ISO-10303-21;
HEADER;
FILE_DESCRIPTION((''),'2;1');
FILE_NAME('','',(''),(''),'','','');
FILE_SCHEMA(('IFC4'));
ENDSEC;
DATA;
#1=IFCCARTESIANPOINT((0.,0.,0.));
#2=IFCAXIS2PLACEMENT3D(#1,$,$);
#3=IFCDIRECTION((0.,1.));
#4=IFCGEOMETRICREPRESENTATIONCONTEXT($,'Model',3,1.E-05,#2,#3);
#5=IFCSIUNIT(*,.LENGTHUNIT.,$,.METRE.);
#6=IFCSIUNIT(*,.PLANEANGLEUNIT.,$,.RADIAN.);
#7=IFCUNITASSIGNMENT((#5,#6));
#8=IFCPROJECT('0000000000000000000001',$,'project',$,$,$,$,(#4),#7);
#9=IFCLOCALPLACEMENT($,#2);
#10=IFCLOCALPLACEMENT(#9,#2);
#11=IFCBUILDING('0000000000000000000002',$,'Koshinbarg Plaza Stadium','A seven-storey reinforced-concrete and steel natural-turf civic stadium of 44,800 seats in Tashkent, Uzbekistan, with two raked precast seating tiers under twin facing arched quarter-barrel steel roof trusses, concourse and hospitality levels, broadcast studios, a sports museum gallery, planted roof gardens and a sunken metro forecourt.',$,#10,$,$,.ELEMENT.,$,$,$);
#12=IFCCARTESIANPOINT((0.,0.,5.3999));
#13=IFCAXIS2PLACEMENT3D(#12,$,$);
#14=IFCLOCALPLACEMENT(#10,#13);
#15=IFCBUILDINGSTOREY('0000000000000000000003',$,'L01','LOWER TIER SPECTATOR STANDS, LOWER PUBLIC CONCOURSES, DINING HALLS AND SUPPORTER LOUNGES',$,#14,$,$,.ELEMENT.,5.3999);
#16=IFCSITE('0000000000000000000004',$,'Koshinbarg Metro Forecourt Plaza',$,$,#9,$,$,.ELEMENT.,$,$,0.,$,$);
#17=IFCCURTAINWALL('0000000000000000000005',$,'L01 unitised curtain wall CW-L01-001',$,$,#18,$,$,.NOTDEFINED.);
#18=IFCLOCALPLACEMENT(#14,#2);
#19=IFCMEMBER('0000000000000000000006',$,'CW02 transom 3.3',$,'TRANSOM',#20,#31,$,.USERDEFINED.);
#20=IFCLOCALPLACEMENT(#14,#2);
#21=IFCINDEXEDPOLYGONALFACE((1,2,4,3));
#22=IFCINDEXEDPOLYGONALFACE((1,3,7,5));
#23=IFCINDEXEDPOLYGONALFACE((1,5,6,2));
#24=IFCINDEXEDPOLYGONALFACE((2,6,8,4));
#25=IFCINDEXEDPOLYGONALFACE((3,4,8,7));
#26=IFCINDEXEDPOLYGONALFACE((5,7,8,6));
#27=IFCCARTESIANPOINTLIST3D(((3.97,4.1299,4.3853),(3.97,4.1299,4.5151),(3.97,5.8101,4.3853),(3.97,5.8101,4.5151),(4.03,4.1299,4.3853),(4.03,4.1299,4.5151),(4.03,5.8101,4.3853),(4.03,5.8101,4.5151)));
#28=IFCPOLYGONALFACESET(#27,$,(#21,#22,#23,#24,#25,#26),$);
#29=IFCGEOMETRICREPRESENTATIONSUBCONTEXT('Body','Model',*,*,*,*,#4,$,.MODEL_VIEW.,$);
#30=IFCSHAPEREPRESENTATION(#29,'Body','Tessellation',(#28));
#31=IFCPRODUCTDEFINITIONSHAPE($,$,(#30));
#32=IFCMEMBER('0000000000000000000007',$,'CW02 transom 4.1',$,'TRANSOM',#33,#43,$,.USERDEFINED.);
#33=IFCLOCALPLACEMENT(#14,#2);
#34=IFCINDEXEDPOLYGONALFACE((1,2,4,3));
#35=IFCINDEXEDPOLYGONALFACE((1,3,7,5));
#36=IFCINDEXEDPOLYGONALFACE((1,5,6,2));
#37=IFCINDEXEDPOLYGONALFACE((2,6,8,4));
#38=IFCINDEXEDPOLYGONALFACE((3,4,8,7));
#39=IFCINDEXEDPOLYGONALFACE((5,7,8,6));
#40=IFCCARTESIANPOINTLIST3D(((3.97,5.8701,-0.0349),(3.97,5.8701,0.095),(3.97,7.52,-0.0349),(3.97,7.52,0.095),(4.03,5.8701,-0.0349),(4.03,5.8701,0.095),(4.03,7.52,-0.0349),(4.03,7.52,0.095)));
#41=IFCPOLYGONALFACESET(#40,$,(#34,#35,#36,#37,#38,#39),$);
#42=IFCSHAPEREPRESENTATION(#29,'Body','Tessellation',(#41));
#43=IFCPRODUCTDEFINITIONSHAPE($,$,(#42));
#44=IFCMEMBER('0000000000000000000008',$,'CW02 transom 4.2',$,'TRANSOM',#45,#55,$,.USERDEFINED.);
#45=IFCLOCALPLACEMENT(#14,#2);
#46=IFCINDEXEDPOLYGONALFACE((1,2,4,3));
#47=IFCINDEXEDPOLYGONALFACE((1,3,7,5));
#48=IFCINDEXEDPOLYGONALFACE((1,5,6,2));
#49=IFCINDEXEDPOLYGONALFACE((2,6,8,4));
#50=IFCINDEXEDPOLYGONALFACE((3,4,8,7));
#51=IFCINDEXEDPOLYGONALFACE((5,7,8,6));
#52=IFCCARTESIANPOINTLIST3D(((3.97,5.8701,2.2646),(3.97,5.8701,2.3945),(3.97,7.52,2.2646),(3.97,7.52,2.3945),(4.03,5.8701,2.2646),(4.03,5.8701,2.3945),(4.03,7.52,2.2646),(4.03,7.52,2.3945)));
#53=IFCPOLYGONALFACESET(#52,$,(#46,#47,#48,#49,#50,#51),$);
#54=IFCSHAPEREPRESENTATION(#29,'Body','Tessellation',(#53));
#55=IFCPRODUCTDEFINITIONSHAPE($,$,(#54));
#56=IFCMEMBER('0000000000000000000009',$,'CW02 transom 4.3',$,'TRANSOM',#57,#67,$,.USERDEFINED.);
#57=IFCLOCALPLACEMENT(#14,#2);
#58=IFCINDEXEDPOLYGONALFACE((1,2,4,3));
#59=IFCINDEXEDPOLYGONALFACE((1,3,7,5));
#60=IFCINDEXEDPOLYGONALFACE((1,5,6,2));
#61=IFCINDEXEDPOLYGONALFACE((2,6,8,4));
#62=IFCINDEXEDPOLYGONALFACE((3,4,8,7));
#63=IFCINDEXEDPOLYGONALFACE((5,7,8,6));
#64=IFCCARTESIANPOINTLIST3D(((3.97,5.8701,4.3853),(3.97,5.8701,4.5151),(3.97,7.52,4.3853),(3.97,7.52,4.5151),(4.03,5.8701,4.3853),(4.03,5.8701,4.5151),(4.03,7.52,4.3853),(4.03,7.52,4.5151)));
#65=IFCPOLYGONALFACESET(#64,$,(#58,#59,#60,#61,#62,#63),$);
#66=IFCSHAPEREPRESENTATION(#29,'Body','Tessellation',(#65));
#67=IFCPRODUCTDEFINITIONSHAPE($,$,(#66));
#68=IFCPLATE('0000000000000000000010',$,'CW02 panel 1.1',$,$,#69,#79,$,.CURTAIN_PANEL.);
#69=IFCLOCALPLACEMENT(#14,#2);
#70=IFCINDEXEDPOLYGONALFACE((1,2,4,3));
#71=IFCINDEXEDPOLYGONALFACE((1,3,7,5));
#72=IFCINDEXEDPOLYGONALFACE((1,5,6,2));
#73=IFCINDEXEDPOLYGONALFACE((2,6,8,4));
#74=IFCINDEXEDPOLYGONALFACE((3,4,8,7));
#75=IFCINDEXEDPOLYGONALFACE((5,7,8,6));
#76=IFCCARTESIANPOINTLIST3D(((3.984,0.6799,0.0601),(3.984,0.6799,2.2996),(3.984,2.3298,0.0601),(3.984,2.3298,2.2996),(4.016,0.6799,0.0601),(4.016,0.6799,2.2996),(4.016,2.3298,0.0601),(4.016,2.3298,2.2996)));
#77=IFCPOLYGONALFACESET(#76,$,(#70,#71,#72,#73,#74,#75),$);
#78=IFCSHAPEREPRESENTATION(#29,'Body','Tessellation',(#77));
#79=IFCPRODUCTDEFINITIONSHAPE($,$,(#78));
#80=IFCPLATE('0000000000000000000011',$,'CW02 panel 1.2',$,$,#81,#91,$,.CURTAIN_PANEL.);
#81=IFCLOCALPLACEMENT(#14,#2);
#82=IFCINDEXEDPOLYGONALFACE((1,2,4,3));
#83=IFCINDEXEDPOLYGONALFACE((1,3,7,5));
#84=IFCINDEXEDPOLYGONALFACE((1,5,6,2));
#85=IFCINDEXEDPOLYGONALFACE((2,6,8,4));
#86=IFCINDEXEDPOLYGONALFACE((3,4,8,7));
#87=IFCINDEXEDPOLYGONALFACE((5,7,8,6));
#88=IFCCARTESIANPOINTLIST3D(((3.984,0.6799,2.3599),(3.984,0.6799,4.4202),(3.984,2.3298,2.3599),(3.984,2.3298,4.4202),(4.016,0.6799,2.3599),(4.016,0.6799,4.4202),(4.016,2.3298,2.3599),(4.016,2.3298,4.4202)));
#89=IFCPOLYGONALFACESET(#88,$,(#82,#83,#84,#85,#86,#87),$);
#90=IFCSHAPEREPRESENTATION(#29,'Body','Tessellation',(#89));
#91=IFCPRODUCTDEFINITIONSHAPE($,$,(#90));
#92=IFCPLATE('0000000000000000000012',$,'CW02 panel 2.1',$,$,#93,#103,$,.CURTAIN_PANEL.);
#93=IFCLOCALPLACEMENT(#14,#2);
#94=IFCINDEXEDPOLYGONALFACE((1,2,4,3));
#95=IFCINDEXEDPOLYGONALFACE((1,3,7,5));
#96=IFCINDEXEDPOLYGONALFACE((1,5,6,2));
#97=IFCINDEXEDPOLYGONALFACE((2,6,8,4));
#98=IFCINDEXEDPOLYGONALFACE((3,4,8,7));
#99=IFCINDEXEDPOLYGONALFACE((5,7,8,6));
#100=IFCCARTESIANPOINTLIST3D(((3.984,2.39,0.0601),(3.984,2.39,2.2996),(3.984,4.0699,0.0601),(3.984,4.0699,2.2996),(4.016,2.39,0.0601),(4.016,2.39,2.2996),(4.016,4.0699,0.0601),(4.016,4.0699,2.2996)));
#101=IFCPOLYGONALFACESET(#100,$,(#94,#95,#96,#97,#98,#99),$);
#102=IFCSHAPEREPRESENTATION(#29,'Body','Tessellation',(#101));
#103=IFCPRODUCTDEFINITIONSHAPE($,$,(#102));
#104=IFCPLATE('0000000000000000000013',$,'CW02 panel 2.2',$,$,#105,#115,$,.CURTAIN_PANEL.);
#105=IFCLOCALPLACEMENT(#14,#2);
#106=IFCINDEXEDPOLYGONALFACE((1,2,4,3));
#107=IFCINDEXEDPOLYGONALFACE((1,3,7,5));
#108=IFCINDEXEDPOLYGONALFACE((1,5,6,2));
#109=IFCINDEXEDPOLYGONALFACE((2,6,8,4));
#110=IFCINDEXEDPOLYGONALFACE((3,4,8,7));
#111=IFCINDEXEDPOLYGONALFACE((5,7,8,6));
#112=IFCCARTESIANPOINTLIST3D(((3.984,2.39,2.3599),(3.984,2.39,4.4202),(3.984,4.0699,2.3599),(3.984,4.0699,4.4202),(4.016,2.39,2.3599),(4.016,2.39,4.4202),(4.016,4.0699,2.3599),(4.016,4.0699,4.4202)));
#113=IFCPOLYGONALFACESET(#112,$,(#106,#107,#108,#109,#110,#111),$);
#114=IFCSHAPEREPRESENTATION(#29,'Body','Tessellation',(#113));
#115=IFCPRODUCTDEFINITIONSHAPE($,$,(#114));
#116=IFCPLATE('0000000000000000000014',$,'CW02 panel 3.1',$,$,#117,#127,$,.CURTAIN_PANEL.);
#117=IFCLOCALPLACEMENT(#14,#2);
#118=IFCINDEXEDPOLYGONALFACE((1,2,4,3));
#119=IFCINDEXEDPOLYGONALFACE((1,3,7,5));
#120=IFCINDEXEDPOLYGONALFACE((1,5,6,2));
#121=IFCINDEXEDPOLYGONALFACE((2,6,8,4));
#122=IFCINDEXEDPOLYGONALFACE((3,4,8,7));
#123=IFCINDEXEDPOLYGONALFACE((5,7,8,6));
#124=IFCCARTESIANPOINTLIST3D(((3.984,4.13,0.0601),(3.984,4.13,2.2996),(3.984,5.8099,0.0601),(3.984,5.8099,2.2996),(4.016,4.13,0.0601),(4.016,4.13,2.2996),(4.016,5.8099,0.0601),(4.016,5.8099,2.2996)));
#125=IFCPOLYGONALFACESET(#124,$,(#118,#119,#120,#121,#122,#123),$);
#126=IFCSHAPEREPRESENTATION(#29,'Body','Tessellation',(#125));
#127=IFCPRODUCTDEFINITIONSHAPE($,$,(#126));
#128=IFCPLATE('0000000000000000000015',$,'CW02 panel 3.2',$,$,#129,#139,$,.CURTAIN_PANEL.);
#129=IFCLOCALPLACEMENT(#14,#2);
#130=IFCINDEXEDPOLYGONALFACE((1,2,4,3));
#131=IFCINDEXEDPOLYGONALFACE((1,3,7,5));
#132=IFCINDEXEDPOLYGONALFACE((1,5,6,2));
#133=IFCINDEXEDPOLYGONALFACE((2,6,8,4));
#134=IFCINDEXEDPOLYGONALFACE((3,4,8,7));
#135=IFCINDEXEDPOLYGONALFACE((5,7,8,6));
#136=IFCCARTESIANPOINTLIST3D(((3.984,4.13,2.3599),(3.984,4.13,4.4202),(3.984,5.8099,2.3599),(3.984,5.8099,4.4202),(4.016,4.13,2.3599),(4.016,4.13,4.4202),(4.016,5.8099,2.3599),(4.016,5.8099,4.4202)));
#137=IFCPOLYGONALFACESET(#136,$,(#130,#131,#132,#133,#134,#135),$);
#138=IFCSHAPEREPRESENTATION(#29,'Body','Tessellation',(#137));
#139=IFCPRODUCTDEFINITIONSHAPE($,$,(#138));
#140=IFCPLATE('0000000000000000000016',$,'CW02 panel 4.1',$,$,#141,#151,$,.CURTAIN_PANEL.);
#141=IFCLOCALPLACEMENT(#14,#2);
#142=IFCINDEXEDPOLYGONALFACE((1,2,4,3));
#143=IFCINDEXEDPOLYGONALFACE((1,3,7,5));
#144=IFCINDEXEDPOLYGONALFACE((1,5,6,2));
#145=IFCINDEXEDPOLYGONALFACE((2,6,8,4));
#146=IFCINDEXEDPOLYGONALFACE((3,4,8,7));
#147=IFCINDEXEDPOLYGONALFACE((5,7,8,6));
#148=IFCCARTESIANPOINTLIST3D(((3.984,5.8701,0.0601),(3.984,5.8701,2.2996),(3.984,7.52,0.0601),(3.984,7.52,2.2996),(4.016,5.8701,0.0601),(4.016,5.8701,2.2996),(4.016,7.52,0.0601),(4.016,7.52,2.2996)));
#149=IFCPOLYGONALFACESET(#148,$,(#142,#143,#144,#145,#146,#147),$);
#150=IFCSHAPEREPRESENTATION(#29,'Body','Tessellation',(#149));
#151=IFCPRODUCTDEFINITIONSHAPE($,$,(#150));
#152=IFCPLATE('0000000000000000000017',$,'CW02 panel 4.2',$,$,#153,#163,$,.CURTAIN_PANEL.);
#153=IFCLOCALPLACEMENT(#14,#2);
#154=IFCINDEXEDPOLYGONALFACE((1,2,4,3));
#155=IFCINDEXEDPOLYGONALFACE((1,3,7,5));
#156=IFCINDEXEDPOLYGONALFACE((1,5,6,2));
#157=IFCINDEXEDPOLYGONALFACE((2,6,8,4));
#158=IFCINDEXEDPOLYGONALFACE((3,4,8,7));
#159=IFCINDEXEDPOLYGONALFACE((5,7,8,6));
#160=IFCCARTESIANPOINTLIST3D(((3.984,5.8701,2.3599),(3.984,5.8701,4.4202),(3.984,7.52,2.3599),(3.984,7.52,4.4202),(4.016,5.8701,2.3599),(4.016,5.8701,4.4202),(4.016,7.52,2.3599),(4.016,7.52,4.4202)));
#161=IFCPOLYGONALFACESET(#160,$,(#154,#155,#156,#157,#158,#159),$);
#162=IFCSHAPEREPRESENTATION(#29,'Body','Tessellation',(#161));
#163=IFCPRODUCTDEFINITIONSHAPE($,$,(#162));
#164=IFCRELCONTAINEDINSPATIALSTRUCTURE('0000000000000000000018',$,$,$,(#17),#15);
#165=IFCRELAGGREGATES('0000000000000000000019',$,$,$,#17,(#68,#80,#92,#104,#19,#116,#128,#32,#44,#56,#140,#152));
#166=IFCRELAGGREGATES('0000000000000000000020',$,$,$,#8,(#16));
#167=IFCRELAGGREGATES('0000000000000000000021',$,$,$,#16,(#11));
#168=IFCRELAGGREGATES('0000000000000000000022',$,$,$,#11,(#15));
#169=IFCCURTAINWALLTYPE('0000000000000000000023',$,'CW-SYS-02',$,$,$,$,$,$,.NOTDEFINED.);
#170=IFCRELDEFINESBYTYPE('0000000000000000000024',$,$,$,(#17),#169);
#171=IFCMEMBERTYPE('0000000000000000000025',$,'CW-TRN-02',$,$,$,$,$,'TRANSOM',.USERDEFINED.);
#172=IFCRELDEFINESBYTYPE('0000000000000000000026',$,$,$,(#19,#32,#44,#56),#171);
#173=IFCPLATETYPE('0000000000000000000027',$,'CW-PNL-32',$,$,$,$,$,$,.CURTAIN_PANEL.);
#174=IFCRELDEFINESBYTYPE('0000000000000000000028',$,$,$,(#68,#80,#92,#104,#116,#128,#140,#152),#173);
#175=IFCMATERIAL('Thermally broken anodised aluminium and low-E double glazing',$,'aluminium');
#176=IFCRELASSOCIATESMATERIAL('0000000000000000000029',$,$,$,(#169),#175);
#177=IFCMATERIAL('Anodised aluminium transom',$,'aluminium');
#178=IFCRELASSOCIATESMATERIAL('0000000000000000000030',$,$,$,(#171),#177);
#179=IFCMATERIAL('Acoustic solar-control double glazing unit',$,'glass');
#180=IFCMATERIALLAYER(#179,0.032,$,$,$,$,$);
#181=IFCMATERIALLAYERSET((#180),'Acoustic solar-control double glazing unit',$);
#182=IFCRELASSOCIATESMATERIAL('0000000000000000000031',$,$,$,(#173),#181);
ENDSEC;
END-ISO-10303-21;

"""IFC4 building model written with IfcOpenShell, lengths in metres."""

from ifc_helpers import new_model, si_unit, direction, frame, origin, origin_2d, place, context, subcontext, project, spatial, rectangle, extrude, material, layer, layer_set, material_profile, profile_set, type_object, element, aggregate, save


model = new_model("IFC4")

# Units and contexts
model_context = context("Model", 3, precision=1e-05, world=origin(), true_north=direction((0.0, 1.0)))
body_context = subcontext(model_context, "Body", "Model", "MODEL_VIEW")
ifc_project = project(units=[si_unit("LENGTHUNIT", "METRE"), si_unit("PLANEANGLEUNIT", "RADIAN")], contexts=[model_context])

# Site, building, storey
site_placement = place(None, origin())
site = spatial("IfcSite", under=ifc_project, at=site_placement, Name="Koshinbarg Metro Forecourt Plaza", CompositionType="ELEMENT", RefElevation=0.0)
building_placement = place(site_placement, origin())
building = spatial("IfcBuilding", under=site, at=building_placement, Name="Koshinbarg Plaza Stadium", Description="A seven-storey reinforced-concrete and steel natural-turf civic stadium of 44,800 seats in Tashkent, Uzbekistan, with two raked precast seating tiers under twin facing arched quarter-barrel steel roof trusses, concourse and hospitality levels, broadcast studios, a sports museum gallery, planted roof gardens and a sunken metro forecourt.", CompositionType="ELEMENT")
storey_placement = place(building_placement, frame((0.0, 0.0, 5.3999)))
storey = spatial("IfcBuildingStorey", under=building, at=storey_placement, Name="L01", Description="LOWER TIER SPECTATOR STANDS, LOWER PUBLIC CONCOURSES, DINING HALLS AND SUPPORTER LOUNGES", CompositionType="ELEMENT", Elevation=5.3999)

# Curtain wall, members, plates
ifc_material_1 = material(Name="Thermally broken anodised aluminium and low-E double glazing", Category="aluminium")
curtain_wall_type = type_object("IfcCurtainWallType", Name="CW-SYS-02", PredefinedType="NOTDEFINED", material=ifc_material_1)
curtain_wall_placement = place(storey_placement, origin())
curtain_wall = element("IfcCurtainWall", 1, at=curtain_wall_placement, inside=storey, type_object=curtain_wall_type, Name="L01 unitised curtain wall CW-L01-001", PredefinedType="NOTDEFINED")
ifc_material_2 = material(Name="Anodised aluminium transom", Category="aluminium")
ifc_material_profile_1 = material_profile(ifc_material_2, rectangle(XDim=0.0601, YDim=0.1299, at=origin_2d()), Name="ALU 60x130")
ifc_profile_set_1 = profile_set([ifc_material_profile_1], Name="Anodised aluminium transom")
member_type_1 = type_object("IfcMemberType", Name="CW-TRN-02", ElementType="TRANSOM", PredefinedType="USERDEFINED", material=ifc_profile_set_1)
member_1_placement = place(storey_placement, frame((4.0, 4.1299, 4.4502), z_axis=(0.0, 1.0, 0.0), x_axis=(-1.0, 0.0, 0.0)))
member_1 = element("IfcMember", 2, at=member_1_placement, type_object=member_type_1, Name="CW02 transom 3.3", ObjectType="TRANSOM", PredefinedType="USERDEFINED", context=body_context, shape_type="SweptSolid", body=[
    extrude(rectangle(XDim=0.0601, YDim=0.1299, at=origin_2d()), origin(), (0.0, 0.0, 1.0), 1.6802),
])
member_2_placement = place(storey_placement, frame((4.0, 5.8701, 0.03), z_axis=(0.0, 1.0, 0.0), x_axis=(-1.0, 0.0, 0.0)))
member_2 = element("IfcMember", 3, at=member_2_placement, type_object=member_type_1, Name="CW02 transom 4.1", ObjectType="TRANSOM", PredefinedType="USERDEFINED", context=body_context, shape_type="SweptSolid", body=[
    extrude(rectangle(XDim=0.0601, YDim=0.1299, at=origin_2d()), origin(), (0.0, 0.0, 1.0), 1.6499),
])
member_3_placement = place(storey_placement, frame((4.0, 5.8701, 2.3296), z_axis=(0.0, 1.0, 0.0), x_axis=(-1.0, 0.0, 0.0)))
member_3 = element("IfcMember", 4, at=member_3_placement, type_object=member_type_1, Name="CW02 transom 4.2", ObjectType="TRANSOM", PredefinedType="USERDEFINED", context=body_context, shape_type="SweptSolid", body=[
    extrude(rectangle(XDim=0.0601, YDim=0.1299, at=origin_2d()), origin(), (0.0, 0.0, 1.0), 1.6499),
])
member_4_placement = place(storey_placement, frame((4.0, 5.8701, 4.4502), z_axis=(0.0, 1.0, 0.0), x_axis=(-1.0, 0.0, 0.0)))
member_4 = element("IfcMember", 5, at=member_4_placement, type_object=member_type_1, Name="CW02 transom 4.3", ObjectType="TRANSOM", PredefinedType="USERDEFINED", context=body_context, shape_type="SweptSolid", body=[
    extrude(rectangle(XDim=0.0601, YDim=0.1299, at=origin_2d()), origin(), (0.0, 0.0, 1.0), 1.6499),
])
ifc_material_3 = material(Name="Acoustic solar-control double glazing unit", Category="glass")
ifc_layer = layer(ifc_material_3, 0.032)
ifc_layer_set = layer_set([ifc_layer], Name="Acoustic solar-control double glazing unit")
plate_type = type_object("IfcPlateType", Name="CW-PNL-32", PredefinedType="CURTAIN_PANEL", material=ifc_layer_set)
plate_1_placement = place(storey_placement, frame((4.0, 1.5049, 0.0601), z_axis=(0.0, 0.0, 1.0), x_axis=(0.0, 1.0, 0.0)))
plate_1 = element("IfcPlate", 6, at=plate_1_placement, type_object=plate_type, Name="CW02 panel 1.1", PredefinedType="CURTAIN_PANEL", context=body_context, shape_type="SweptSolid", body=[
    extrude(rectangle(XDim=1.6499, YDim=0.032, at=origin_2d()), origin(), (0.0, 0.0, 1.0), 2.2395),
])
plate_2_placement = place(storey_placement, frame((4.0, 1.5049, 2.3599), z_axis=(0.0, 0.0, 1.0), x_axis=(0.0, 1.0, 0.0)))
plate_2 = element("IfcPlate", 7, at=plate_2_placement, type_object=plate_type, Name="CW02 panel 1.2", PredefinedType="CURTAIN_PANEL", context=body_context, shape_type="SweptSolid", body=[
    extrude(rectangle(XDim=1.6499, YDim=0.032, at=origin_2d()), origin(), (0.0, 0.0, 1.0), 2.0603),
])
plate_3_placement = place(storey_placement, frame((4.0, 3.23, 0.0601), z_axis=(0.0, 0.0, 1.0), x_axis=(0.0, 1.0, 0.0)))
plate_3 = element("IfcPlate", 8, at=plate_3_placement, type_object=plate_type, Name="CW02 panel 2.1", PredefinedType="CURTAIN_PANEL", context=body_context, shape_type="SweptSolid", body=[
    extrude(rectangle(XDim=1.6799, YDim=0.032, at=origin_2d()), origin(), (0.0, 0.0, 1.0), 2.2395),
])
plate_4_placement = place(storey_placement, frame((4.0, 3.23, 2.3599), z_axis=(0.0, 0.0, 1.0), x_axis=(0.0, 1.0, 0.0)))
plate_4 = element("IfcPlate", 9, at=plate_4_placement, type_object=plate_type, Name="CW02 panel 2.2", PredefinedType="CURTAIN_PANEL", context=body_context, shape_type="SweptSolid", body=[
    extrude(rectangle(XDim=1.6799, YDim=0.032, at=origin_2d()), origin(), (0.0, 0.0, 1.0), 2.0603),
])
plate_5_placement = place(storey_placement, frame((4.0, 4.97, 0.0601), z_axis=(0.0, 0.0, 1.0), x_axis=(0.0, 1.0, 0.0)))
plate_5 = element("IfcPlate", 10, at=plate_5_placement, type_object=plate_type, Name="CW02 panel 3.1", PredefinedType="CURTAIN_PANEL", context=body_context, shape_type="SweptSolid", body=[
    extrude(rectangle(XDim=1.6799, YDim=0.032, at=origin_2d()), origin(), (0.0, 0.0, 1.0), 2.2395),
])
plate_6_placement = place(storey_placement, frame((4.0, 4.97, 2.3599), z_axis=(0.0, 0.0, 1.0), x_axis=(0.0, 1.0, 0.0)))
plate_6 = element("IfcPlate", 11, at=plate_6_placement, type_object=plate_type, Name="CW02 panel 3.2", PredefinedType="CURTAIN_PANEL", context=body_context, shape_type="SweptSolid", body=[
    extrude(rectangle(XDim=1.6799, YDim=0.032, at=origin_2d()), origin(), (0.0, 0.0, 1.0), 2.0603),
])
plate_7_placement = place(storey_placement, frame((4.0, 6.6951, 0.0601), z_axis=(0.0, 0.0, 1.0), x_axis=(0.0, 1.0, 0.0)))
plate_7 = element("IfcPlate", 12, at=plate_7_placement, type_object=plate_type, Name="CW02 panel 4.1", PredefinedType="CURTAIN_PANEL", context=body_context, shape_type="SweptSolid", body=[
    extrude(rectangle(XDim=1.6499, YDim=0.032, at=origin_2d()), origin(), (0.0, 0.0, 1.0), 2.2395),
])
plate_8_placement = place(storey_placement, frame((4.0, 6.6951, 2.3599), z_axis=(0.0, 0.0, 1.0), x_axis=(0.0, 1.0, 0.0)))
plate_8 = element("IfcPlate", 13, at=plate_8_placement, type_object=plate_type, Name="CW02 panel 4.2", PredefinedType="CURTAIN_PANEL", context=body_context, shape_type="SweptSolid", body=[
    extrude(rectangle(XDim=1.6499, YDim=0.032, at=origin_2d()), origin(), (0.0, 0.0, 1.0), 2.0603),
])
aggregate(curtain_wall, [plate_1, plate_2, plate_3, plate_4, member_1, plate_5, plate_6, member_2, member_3, member_4, plate_7, plate_8])

save(model, "model.ifc")
